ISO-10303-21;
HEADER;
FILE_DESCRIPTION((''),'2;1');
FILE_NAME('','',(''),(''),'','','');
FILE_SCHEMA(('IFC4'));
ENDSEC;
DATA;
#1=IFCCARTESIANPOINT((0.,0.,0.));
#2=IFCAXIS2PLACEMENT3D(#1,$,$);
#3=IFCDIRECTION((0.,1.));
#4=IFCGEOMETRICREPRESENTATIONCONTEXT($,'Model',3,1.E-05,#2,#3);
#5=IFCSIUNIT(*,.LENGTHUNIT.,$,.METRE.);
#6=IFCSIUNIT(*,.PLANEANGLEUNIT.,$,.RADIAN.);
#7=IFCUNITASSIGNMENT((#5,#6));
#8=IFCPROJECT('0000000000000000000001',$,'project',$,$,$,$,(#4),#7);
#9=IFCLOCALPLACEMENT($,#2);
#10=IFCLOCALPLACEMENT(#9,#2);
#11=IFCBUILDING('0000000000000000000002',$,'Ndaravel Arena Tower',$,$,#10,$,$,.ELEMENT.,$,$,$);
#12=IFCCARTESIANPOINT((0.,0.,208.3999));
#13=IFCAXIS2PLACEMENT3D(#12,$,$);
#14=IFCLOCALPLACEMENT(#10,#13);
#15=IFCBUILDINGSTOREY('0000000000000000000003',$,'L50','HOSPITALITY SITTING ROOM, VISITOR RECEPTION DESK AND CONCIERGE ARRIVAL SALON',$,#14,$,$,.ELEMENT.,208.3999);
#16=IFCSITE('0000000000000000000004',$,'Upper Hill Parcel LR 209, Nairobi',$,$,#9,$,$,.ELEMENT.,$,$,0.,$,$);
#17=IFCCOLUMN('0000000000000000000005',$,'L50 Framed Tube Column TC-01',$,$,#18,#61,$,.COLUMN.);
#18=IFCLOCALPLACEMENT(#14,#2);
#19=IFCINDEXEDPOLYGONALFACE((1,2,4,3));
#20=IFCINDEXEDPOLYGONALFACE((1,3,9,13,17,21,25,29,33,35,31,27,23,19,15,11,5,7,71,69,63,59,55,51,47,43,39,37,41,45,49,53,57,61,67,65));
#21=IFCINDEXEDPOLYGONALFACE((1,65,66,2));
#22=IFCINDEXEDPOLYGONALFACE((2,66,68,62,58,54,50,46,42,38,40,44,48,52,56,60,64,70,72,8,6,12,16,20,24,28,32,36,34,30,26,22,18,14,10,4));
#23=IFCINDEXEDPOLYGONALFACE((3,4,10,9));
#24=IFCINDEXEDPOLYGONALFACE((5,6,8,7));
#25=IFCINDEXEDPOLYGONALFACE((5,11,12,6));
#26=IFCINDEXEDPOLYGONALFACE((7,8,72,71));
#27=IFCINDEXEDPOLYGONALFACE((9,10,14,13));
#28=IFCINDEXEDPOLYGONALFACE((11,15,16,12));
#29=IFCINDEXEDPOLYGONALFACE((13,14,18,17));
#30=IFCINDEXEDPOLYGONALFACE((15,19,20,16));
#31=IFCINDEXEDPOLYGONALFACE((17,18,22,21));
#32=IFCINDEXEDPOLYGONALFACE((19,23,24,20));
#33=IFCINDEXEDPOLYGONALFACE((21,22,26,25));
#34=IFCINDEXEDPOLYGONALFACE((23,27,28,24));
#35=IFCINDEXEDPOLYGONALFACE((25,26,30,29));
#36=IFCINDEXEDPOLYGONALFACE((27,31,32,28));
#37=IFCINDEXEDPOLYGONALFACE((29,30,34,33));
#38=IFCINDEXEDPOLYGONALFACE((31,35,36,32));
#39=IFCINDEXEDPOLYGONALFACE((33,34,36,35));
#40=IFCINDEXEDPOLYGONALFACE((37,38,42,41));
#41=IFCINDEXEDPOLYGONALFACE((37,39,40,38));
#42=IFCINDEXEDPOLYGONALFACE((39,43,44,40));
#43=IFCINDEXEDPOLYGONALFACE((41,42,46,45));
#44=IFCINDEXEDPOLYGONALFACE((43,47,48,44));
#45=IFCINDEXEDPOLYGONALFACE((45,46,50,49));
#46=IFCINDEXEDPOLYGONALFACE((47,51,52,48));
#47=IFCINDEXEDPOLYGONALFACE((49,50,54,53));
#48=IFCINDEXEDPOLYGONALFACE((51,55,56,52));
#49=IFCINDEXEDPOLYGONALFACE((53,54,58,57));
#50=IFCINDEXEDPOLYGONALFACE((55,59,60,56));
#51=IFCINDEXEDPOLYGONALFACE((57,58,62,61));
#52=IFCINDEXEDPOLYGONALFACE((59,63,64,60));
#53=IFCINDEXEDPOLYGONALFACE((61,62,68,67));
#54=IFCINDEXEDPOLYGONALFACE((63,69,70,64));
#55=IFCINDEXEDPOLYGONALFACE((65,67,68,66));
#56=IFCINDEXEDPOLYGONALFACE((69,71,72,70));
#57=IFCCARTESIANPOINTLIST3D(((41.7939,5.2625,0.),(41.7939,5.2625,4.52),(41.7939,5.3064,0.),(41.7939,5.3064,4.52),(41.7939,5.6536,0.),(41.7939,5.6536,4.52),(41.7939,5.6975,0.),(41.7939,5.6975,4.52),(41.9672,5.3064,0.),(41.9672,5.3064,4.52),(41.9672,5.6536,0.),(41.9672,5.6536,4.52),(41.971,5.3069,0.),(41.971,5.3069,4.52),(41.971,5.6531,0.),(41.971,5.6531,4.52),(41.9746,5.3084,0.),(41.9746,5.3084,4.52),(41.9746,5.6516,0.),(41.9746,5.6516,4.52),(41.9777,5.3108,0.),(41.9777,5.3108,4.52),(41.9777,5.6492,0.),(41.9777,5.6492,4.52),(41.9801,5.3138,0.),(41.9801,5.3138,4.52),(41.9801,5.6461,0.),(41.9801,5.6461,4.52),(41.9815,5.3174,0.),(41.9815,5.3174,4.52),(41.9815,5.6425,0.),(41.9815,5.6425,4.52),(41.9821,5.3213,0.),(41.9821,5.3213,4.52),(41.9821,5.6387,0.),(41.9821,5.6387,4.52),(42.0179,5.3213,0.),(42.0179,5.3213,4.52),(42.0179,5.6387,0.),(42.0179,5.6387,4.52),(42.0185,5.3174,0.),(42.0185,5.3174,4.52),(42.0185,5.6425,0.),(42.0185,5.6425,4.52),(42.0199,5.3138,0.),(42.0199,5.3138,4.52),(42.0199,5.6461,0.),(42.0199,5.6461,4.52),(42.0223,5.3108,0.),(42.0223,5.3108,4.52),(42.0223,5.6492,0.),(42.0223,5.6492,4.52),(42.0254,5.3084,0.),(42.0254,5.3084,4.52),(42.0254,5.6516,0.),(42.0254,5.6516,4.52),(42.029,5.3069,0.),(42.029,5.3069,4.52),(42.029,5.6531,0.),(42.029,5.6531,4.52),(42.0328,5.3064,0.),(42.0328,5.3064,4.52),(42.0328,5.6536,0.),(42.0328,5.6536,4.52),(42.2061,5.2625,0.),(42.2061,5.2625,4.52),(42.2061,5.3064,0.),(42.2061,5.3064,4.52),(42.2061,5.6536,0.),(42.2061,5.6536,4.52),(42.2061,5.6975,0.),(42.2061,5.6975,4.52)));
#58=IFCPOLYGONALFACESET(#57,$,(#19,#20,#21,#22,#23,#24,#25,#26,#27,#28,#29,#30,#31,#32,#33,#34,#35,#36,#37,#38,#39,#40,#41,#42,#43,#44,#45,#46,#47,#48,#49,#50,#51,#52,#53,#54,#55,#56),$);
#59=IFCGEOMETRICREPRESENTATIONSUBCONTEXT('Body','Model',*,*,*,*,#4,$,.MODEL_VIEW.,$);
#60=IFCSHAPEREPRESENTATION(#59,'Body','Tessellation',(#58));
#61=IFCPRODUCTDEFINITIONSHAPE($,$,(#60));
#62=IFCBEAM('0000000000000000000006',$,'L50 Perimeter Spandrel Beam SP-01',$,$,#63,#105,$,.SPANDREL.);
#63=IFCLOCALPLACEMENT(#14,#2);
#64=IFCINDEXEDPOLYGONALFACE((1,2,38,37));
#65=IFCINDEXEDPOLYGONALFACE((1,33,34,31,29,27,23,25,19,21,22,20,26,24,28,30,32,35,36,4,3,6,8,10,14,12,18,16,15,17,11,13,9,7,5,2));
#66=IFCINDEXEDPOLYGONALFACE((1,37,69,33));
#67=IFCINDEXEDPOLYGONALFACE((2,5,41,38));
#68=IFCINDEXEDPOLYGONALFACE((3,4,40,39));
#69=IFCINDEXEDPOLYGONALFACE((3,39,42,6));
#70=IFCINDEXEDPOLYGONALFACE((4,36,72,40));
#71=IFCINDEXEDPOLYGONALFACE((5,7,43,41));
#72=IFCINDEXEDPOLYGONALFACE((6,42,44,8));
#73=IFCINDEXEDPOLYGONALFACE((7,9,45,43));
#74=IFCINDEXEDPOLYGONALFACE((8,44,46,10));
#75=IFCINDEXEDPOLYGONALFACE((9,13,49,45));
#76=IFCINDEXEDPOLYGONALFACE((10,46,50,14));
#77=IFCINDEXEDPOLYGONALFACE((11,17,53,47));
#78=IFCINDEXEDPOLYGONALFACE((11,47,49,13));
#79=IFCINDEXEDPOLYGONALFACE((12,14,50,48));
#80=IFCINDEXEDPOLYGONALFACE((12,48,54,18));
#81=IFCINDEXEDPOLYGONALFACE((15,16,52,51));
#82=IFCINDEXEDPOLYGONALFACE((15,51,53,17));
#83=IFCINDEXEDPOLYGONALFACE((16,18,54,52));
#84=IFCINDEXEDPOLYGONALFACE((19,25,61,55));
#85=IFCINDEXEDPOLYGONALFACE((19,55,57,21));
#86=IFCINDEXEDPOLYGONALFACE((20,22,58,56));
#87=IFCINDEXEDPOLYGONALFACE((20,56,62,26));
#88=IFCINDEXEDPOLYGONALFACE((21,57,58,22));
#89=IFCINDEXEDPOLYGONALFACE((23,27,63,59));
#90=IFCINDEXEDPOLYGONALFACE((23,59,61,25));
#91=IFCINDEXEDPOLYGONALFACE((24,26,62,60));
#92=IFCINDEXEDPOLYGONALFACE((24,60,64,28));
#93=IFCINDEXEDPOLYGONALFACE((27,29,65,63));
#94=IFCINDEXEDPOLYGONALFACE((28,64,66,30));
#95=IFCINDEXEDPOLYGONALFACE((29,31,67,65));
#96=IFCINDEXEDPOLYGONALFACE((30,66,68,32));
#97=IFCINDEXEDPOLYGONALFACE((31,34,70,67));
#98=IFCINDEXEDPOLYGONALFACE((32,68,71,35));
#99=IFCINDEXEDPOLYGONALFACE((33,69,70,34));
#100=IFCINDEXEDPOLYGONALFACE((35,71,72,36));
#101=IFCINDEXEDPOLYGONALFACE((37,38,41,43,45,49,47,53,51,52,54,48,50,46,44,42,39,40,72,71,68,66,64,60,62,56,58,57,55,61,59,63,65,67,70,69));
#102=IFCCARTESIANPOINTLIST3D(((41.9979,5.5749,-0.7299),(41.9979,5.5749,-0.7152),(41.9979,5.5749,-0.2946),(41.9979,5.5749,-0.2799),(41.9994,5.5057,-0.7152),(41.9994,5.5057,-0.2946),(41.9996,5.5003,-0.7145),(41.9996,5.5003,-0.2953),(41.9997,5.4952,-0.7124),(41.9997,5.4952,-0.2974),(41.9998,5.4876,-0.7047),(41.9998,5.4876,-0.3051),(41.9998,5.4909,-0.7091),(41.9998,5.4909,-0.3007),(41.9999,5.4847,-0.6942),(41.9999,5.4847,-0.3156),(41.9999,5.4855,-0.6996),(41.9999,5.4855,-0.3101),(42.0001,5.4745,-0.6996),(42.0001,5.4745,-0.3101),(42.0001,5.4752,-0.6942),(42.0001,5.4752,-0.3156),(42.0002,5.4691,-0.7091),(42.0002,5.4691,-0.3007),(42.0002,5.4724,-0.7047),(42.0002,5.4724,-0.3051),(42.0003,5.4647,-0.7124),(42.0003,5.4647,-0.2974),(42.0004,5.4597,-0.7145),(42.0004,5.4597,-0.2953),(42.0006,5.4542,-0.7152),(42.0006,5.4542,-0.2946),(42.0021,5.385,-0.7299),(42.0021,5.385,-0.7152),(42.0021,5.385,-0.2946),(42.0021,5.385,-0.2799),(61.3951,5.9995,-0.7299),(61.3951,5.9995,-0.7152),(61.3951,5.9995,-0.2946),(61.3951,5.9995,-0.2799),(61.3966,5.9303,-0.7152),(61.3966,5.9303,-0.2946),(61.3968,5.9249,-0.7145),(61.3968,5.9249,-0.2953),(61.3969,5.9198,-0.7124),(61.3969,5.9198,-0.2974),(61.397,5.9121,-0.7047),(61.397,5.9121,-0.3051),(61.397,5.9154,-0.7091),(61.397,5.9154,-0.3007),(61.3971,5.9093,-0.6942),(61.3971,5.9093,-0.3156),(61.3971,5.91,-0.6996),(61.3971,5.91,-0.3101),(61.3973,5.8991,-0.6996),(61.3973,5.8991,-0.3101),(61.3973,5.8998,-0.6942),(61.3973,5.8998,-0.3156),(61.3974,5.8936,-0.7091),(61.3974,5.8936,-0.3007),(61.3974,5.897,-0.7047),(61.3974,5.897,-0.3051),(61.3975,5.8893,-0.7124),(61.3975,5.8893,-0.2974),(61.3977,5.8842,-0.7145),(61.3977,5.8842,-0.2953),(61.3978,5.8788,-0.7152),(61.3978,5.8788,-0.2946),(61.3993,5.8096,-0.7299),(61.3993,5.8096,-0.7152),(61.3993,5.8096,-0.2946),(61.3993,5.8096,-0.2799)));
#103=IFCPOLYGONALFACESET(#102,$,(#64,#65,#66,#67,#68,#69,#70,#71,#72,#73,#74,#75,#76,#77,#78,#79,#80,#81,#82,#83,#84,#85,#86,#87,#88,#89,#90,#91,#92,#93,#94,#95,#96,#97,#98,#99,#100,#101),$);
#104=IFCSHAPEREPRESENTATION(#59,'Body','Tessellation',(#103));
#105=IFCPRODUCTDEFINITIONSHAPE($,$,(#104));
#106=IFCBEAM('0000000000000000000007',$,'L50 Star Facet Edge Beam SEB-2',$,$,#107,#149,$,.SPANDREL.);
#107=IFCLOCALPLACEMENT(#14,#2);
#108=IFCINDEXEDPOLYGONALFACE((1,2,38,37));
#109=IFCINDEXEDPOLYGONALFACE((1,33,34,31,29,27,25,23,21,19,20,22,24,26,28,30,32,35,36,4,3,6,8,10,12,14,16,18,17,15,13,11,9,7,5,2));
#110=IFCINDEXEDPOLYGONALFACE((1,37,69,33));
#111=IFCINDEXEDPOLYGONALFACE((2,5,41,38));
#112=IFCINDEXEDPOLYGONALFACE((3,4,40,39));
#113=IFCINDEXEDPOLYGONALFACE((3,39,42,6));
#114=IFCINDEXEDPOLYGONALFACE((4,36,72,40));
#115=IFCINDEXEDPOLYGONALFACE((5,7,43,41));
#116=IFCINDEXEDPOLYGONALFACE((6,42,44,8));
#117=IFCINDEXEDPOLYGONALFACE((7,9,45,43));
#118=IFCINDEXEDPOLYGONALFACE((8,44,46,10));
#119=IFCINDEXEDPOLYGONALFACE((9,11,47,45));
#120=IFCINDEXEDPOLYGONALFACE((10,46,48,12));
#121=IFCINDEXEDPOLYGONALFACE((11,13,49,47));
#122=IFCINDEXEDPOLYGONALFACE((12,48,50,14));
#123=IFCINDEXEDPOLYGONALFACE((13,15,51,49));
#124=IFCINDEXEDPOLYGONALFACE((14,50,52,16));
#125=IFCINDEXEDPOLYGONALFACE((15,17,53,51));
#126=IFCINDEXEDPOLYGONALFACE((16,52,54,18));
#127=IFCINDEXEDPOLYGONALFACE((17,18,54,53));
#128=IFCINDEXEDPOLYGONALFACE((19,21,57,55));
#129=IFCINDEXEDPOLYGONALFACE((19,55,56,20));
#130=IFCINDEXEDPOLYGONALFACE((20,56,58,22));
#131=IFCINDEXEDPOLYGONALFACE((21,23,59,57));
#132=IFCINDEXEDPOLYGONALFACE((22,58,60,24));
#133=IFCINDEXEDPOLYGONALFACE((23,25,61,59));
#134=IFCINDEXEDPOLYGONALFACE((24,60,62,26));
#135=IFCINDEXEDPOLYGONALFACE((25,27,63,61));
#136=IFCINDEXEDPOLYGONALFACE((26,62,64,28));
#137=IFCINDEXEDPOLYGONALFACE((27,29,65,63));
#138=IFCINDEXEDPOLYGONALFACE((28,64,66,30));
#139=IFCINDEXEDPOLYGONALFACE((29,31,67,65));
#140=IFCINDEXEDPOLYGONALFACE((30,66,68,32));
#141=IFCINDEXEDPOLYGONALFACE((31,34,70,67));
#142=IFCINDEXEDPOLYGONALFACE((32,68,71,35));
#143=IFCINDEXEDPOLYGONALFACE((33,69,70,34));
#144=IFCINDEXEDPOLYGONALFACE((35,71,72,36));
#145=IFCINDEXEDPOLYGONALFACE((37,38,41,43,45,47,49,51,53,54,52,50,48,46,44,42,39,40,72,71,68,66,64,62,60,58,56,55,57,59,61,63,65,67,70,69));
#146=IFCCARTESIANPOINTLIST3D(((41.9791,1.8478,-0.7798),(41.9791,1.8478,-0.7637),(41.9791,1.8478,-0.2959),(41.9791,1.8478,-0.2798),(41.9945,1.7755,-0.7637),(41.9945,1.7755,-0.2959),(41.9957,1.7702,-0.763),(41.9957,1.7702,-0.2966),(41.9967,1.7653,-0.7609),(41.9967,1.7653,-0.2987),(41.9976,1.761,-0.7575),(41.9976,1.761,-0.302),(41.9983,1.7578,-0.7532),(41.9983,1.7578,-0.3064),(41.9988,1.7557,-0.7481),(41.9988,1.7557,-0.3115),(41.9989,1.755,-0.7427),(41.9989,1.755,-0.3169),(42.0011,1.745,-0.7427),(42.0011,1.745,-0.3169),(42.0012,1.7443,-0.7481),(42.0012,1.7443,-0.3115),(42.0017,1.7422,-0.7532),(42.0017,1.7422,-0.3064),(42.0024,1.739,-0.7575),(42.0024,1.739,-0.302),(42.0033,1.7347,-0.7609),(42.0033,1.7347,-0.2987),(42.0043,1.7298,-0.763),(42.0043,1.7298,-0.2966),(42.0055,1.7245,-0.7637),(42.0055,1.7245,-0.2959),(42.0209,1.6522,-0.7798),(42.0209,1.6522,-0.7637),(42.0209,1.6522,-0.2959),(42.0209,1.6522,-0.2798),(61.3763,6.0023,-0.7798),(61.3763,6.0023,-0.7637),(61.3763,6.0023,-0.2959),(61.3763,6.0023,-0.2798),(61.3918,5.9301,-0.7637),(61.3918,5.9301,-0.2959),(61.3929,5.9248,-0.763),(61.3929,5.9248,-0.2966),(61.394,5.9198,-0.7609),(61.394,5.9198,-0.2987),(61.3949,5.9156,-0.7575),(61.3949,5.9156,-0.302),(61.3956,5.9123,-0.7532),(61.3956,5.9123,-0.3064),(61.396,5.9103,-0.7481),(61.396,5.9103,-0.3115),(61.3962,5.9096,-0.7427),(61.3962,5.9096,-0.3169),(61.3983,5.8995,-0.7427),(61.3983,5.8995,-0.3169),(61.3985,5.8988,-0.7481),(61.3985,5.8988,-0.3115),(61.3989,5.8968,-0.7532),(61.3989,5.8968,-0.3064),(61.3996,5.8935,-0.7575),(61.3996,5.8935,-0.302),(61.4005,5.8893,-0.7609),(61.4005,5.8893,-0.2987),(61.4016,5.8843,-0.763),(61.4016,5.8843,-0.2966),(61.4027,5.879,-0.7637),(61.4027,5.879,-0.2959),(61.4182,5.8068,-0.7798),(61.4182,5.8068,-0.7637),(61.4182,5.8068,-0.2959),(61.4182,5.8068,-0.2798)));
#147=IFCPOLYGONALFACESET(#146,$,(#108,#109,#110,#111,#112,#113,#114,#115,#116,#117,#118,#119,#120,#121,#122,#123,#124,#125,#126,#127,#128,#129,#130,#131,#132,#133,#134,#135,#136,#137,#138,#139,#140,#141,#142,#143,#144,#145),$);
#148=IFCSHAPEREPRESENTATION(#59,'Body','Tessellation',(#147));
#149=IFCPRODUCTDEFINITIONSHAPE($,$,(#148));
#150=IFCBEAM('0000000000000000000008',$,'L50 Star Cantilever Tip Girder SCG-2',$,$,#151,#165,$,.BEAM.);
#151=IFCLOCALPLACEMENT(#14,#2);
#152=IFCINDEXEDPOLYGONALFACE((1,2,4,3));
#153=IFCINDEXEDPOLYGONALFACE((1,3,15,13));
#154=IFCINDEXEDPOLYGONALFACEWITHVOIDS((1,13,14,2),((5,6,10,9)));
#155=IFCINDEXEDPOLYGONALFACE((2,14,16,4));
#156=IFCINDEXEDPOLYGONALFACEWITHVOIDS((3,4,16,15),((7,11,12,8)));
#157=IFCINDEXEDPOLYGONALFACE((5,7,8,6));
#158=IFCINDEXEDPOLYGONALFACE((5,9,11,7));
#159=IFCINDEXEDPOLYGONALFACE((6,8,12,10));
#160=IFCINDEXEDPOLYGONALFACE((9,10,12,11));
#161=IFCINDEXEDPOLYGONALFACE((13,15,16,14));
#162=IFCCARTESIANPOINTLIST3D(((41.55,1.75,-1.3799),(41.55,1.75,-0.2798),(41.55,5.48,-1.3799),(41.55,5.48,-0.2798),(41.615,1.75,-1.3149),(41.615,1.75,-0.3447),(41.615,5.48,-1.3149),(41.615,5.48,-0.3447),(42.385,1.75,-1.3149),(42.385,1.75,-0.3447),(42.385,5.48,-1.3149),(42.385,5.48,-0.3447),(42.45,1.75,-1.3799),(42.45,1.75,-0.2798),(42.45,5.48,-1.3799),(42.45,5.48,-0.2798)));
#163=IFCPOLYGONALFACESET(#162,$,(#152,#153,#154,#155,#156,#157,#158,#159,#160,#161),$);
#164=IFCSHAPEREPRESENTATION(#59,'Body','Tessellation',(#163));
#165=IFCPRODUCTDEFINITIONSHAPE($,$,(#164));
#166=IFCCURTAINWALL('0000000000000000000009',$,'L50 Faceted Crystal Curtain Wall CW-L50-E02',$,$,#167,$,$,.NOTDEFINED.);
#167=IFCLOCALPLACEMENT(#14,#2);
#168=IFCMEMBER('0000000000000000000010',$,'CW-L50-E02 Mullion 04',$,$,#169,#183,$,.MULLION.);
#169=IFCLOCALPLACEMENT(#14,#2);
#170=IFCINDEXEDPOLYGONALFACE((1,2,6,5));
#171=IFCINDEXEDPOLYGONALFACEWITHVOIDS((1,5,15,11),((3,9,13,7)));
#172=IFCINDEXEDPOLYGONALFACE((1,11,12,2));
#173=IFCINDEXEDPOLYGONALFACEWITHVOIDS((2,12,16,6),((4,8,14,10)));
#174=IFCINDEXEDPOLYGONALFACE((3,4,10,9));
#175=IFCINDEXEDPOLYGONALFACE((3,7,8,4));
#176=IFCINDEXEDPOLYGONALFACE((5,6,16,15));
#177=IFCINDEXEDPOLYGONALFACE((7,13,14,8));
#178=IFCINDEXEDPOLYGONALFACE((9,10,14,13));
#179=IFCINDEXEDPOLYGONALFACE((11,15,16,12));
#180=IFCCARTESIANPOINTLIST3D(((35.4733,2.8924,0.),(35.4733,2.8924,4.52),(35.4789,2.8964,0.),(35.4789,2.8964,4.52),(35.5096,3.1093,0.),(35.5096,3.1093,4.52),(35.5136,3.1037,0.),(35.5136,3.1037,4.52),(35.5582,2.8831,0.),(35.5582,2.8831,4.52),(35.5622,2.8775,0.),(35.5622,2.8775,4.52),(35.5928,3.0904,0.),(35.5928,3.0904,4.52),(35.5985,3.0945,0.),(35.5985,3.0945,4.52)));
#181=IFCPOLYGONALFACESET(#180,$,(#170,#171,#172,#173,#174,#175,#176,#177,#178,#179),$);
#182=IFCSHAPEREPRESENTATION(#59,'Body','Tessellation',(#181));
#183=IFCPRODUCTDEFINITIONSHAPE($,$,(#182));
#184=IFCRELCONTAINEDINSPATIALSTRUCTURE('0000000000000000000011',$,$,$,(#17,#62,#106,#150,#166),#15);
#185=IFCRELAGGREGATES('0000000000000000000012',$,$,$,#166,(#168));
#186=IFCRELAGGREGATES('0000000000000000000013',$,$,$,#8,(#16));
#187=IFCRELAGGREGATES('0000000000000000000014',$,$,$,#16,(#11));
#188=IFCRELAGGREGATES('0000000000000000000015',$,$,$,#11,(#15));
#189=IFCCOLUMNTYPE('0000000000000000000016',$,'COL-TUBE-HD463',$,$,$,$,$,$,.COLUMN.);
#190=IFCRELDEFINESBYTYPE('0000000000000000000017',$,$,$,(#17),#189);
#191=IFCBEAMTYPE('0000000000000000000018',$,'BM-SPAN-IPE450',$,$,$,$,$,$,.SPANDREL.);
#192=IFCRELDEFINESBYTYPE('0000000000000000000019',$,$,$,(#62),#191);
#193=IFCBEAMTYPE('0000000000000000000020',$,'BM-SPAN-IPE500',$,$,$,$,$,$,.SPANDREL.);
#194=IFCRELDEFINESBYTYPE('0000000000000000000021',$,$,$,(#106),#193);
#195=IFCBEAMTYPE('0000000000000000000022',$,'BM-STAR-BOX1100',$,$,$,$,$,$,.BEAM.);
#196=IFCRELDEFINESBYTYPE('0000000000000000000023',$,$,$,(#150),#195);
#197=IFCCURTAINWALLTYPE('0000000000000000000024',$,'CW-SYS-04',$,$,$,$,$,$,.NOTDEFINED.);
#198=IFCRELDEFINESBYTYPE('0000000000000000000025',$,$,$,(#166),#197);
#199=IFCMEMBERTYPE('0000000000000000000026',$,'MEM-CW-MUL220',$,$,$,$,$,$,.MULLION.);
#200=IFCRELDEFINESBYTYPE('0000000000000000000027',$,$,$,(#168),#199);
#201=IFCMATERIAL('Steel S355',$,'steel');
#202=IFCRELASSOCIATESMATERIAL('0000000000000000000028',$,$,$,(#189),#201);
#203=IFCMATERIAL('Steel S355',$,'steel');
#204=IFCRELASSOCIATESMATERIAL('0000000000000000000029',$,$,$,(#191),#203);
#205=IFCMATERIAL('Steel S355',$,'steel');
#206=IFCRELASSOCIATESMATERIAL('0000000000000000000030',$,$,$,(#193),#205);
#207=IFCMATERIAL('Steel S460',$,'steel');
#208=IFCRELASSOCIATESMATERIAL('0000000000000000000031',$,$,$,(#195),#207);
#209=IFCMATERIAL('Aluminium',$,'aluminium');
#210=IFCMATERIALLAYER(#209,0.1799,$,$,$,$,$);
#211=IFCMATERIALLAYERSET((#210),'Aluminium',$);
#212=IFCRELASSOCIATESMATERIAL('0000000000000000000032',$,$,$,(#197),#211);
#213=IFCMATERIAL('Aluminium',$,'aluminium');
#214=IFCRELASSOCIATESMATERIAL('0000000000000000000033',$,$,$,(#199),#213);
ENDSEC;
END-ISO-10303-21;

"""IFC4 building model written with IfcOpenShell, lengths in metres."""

from ifc_helpers import new_model, si_unit, direction, frame, origin, origin_2d, place, context, subcontext, project, spatial, hollow_rectangle, i_section, extrude, material, layer, layer_set, material_profile, profile_set, type_object, element, aggregate, save


model = new_model("IFC4")

# Units and contexts
model_context = context("Model", 3, precision=1e-05, world=origin(), true_north=direction((0.0, 1.0)))
body_context = subcontext(model_context, "Body", "Model", "MODEL_VIEW")
ifc_project = project(units=[si_unit("LENGTHUNIT", "METRE"), si_unit("PLANEANGLEUNIT", "RADIAN")], contexts=[model_context])

# Site, building, storey
site_placement = place(None, origin())
site = spatial("IfcSite", under=ifc_project, at=site_placement, Name="Upper Hill Parcel LR 209, Nairobi", CompositionType="ELEMENT", RefElevation=0.0)
building_placement = place(site_placement, origin())
building = spatial("IfcBuilding", under=site, at=building_placement, Name="Ndaravel Arena Tower", CompositionType="ELEMENT")
storey_placement = place(building_placement, frame((0.0, 0.0, 208.3999)))
storey = spatial("IfcBuildingStorey", under=building, at=storey_placement, Name="L50", Description="HOSPITALITY SITTING ROOM, VISITOR RECEPTION DESK AND CONCIERGE ARRIVAL SALON", CompositionType="ELEMENT", Elevation=208.3999)

# Column
ifc_material_1 = material(Name="Steel S355", Category="steel")
ifc_material_profile_1 = material_profile(ifc_material_1, i_section(OverallWidth=0.4121, OverallDepth=0.4351, WebThickness=0.0359, FlangeThickness=0.0439, FilletRadius=0.0149, at=origin_2d()), Name="HD 400x463")
ifc_profile_set_1 = profile_set([ifc_material_profile_1], Name="Steel S355")
column_type = type_object("IfcColumnType", Name="COL-TUBE-HD463", PredefinedType="COLUMN", material=ifc_profile_set_1)
column_placement = place(storey_placement, frame((42.0, 5.48, 0.0), z_axis=(0.0, 0.0, 1.0), x_axis=(1.0, 0.0, 0.0)))
element("IfcColumn", 1, at=column_placement, inside=storey, type_object=column_type, Name="L50 Framed Tube Column TC-01", PredefinedType="COLUMN", context=body_context, shape_type="SweptSolid", body=[
    extrude(i_section(OverallWidth=0.4121, OverallDepth=0.4351, WebThickness=0.0359, FlangeThickness=0.0439, FilletRadius=0.0149, at=origin_2d()), origin(), (0.0, 0.0, 1.0), 4.52),
])

# Beams
ifc_material_2 = material(Name="Steel S355", Category="steel")
ifc_material_profile_2 = material_profile(ifc_material_2, i_section(OverallWidth=0.1899, OverallDepth=0.45, WebThickness=0.0095, FlangeThickness=0.0146, FilletRadius=0.021, at=origin_2d()), Name="IPE 450")
ifc_profile_set_2 = profile_set([ifc_material_profile_2], Name="Steel S355")
beam_type_1 = type_object("IfcBeamType", Name="BM-SPAN-IPE450", PredefinedType="SPANDREL", material=ifc_profile_set_2)
beam_1_placement = place(storey_placement, frame((42.0, 5.48, -0.5049), z_axis=(0.999761, 0.021882, 0.0), x_axis=(-0.021882, 0.999761, 0.0)))
element("IfcBeam", 2, at=beam_1_placement, inside=storey, type_object=beam_type_1, Name="L50 Perimeter Spandrel Beam SP-01", PredefinedType="SPANDREL", context=body_context, shape_type="SweptSolid", body=[
    extrude(i_section(OverallWidth=0.1899, OverallDepth=0.45, WebThickness=0.0095, FlangeThickness=0.0146, FilletRadius=0.021, at=origin_2d()), origin(), (0.0, 0.0, 1.0), 19.4019),
])
ifc_material_3 = material(Name="Steel S355", Category="steel")
ifc_material_profile_3 = material_profile(ifc_material_3, i_section(OverallWidth=0.2, OverallDepth=0.5, WebThickness=0.0103, FlangeThickness=0.0161, FilletRadius=0.021, at=origin_2d()), Name="IPE 500")
ifc_profile_set_3 = profile_set([ifc_material_profile_3], Name="Steel S355")
beam_type_2 = type_object("IfcBeamType", Name="BM-SPAN-IPE500", PredefinedType="SPANDREL", material=ifc_profile_set_3)
beam_2_placement = place(storey_placement, frame((42.0, 1.75, -0.5298), z_axis=(0.977823, 0.209432, 0.0), x_axis=(-0.209432, 0.977823, 0.0)))
element("IfcBeam", 3, at=beam_2_placement, inside=storey, type_object=beam_type_2, Name="L50 Star Facet Edge Beam SEB-2", PredefinedType="SPANDREL", context=body_context, shape_type="SweptSolid", body=[
    extrude(i_section(OverallWidth=0.2, OverallDepth=0.5, WebThickness=0.0103, FlangeThickness=0.0161, FilletRadius=0.021, at=origin_2d()), origin(), (0.0, 0.0, 1.0), 19.8372),
])
ifc_material_4 = material(Name="Steel S460", Category="steel")
ifc_material_profile_4 = material_profile(ifc_material_4, hollow_rectangle(XDim=0.8999, YDim=1.1001, WallThickness=0.0649, at=origin_2d()), Name="BOX 1100x900x65")
ifc_profile_set_4 = profile_set([ifc_material_profile_4], Name="Steel S460")
beam_type_3 = type_object("IfcBeamType", Name="BM-STAR-BOX1100", PredefinedType="BEAM", material=ifc_profile_set_4)
beam_3_placement = place(storey_placement, frame((42.0, 5.48, -0.8298), z_axis=(0.0, -1.0, 0.0), x_axis=(1.0, 0.0, 0.0)))
element("IfcBeam", 4, at=beam_3_placement, inside=storey, type_object=beam_type_3, Name="L50 Star Cantilever Tip Girder SCG-2", PredefinedType="BEAM", context=body_context, shape_type="SweptSolid", body=[
    extrude(hollow_rectangle(XDim=0.8999, YDim=1.1001, WallThickness=0.0649, at=origin_2d()), origin(), (0.0, 0.0, 1.0), 3.73),
])

# Curtain wall, member
ifc_material_5 = material(Name="Aluminium", Category="aluminium")
ifc_layer_1 = layer(ifc_material_5, 0.1799)
ifc_layer_set_1 = layer_set([ifc_layer_1], Name="Aluminium")
curtain_wall_type = type_object("IfcCurtainWallType", Name="CW-SYS-04", PredefinedType="NOTDEFINED", material=ifc_layer_set_1)
curtain_wall_1_placement = place(storey_placement, origin())
curtain_wall_1 = element("IfcCurtainWall", 5, at=curtain_wall_1_placement, inside=storey, type_object=curtain_wall_type, Name="L50 Faceted Crystal Curtain Wall CW-L50-E02", PredefinedType="NOTDEFINED")
ifc_material_6 = material(Name="Aluminium", Category="aluminium")
ifc_material_profile_5 = material_profile(ifc_material_6, hollow_rectangle(XDim=0.0901, YDim=0.22, WallThickness=0.0049, at=origin_2d()), Name="CW MULLION 90x220x5")
ifc_profile_set_5 = profile_set([ifc_material_profile_5], Name="Aluminium")
member_type_1 = type_object("IfcMemberType", Name="MEM-CW-MUL220", PredefinedType="MULLION", material=ifc_profile_set_5)
member_1_placement = place(storey_placement, frame((35.5359, 2.9934, 0.0), z_axis=(0.0, 0.0, 1.0), x_axis=(0.986297, -0.164979, 0.0)))
member_1 = element("IfcMember", 6, at=member_1_placement, type_object=member_type_1, Name="CW-L50-E02 Mullion 04", PredefinedType="MULLION", context=body_context, shape_type="SweptSolid", body=[
    extrude(hollow_rectangle(XDim=0.0901, YDim=0.22, WallThickness=0.0049, at=origin_2d()), origin(), (0.0, 0.0, 1.0), 4.52),
])

aggregate(curtain_wall_1, [member_1])

save(model, "model.ifc")
